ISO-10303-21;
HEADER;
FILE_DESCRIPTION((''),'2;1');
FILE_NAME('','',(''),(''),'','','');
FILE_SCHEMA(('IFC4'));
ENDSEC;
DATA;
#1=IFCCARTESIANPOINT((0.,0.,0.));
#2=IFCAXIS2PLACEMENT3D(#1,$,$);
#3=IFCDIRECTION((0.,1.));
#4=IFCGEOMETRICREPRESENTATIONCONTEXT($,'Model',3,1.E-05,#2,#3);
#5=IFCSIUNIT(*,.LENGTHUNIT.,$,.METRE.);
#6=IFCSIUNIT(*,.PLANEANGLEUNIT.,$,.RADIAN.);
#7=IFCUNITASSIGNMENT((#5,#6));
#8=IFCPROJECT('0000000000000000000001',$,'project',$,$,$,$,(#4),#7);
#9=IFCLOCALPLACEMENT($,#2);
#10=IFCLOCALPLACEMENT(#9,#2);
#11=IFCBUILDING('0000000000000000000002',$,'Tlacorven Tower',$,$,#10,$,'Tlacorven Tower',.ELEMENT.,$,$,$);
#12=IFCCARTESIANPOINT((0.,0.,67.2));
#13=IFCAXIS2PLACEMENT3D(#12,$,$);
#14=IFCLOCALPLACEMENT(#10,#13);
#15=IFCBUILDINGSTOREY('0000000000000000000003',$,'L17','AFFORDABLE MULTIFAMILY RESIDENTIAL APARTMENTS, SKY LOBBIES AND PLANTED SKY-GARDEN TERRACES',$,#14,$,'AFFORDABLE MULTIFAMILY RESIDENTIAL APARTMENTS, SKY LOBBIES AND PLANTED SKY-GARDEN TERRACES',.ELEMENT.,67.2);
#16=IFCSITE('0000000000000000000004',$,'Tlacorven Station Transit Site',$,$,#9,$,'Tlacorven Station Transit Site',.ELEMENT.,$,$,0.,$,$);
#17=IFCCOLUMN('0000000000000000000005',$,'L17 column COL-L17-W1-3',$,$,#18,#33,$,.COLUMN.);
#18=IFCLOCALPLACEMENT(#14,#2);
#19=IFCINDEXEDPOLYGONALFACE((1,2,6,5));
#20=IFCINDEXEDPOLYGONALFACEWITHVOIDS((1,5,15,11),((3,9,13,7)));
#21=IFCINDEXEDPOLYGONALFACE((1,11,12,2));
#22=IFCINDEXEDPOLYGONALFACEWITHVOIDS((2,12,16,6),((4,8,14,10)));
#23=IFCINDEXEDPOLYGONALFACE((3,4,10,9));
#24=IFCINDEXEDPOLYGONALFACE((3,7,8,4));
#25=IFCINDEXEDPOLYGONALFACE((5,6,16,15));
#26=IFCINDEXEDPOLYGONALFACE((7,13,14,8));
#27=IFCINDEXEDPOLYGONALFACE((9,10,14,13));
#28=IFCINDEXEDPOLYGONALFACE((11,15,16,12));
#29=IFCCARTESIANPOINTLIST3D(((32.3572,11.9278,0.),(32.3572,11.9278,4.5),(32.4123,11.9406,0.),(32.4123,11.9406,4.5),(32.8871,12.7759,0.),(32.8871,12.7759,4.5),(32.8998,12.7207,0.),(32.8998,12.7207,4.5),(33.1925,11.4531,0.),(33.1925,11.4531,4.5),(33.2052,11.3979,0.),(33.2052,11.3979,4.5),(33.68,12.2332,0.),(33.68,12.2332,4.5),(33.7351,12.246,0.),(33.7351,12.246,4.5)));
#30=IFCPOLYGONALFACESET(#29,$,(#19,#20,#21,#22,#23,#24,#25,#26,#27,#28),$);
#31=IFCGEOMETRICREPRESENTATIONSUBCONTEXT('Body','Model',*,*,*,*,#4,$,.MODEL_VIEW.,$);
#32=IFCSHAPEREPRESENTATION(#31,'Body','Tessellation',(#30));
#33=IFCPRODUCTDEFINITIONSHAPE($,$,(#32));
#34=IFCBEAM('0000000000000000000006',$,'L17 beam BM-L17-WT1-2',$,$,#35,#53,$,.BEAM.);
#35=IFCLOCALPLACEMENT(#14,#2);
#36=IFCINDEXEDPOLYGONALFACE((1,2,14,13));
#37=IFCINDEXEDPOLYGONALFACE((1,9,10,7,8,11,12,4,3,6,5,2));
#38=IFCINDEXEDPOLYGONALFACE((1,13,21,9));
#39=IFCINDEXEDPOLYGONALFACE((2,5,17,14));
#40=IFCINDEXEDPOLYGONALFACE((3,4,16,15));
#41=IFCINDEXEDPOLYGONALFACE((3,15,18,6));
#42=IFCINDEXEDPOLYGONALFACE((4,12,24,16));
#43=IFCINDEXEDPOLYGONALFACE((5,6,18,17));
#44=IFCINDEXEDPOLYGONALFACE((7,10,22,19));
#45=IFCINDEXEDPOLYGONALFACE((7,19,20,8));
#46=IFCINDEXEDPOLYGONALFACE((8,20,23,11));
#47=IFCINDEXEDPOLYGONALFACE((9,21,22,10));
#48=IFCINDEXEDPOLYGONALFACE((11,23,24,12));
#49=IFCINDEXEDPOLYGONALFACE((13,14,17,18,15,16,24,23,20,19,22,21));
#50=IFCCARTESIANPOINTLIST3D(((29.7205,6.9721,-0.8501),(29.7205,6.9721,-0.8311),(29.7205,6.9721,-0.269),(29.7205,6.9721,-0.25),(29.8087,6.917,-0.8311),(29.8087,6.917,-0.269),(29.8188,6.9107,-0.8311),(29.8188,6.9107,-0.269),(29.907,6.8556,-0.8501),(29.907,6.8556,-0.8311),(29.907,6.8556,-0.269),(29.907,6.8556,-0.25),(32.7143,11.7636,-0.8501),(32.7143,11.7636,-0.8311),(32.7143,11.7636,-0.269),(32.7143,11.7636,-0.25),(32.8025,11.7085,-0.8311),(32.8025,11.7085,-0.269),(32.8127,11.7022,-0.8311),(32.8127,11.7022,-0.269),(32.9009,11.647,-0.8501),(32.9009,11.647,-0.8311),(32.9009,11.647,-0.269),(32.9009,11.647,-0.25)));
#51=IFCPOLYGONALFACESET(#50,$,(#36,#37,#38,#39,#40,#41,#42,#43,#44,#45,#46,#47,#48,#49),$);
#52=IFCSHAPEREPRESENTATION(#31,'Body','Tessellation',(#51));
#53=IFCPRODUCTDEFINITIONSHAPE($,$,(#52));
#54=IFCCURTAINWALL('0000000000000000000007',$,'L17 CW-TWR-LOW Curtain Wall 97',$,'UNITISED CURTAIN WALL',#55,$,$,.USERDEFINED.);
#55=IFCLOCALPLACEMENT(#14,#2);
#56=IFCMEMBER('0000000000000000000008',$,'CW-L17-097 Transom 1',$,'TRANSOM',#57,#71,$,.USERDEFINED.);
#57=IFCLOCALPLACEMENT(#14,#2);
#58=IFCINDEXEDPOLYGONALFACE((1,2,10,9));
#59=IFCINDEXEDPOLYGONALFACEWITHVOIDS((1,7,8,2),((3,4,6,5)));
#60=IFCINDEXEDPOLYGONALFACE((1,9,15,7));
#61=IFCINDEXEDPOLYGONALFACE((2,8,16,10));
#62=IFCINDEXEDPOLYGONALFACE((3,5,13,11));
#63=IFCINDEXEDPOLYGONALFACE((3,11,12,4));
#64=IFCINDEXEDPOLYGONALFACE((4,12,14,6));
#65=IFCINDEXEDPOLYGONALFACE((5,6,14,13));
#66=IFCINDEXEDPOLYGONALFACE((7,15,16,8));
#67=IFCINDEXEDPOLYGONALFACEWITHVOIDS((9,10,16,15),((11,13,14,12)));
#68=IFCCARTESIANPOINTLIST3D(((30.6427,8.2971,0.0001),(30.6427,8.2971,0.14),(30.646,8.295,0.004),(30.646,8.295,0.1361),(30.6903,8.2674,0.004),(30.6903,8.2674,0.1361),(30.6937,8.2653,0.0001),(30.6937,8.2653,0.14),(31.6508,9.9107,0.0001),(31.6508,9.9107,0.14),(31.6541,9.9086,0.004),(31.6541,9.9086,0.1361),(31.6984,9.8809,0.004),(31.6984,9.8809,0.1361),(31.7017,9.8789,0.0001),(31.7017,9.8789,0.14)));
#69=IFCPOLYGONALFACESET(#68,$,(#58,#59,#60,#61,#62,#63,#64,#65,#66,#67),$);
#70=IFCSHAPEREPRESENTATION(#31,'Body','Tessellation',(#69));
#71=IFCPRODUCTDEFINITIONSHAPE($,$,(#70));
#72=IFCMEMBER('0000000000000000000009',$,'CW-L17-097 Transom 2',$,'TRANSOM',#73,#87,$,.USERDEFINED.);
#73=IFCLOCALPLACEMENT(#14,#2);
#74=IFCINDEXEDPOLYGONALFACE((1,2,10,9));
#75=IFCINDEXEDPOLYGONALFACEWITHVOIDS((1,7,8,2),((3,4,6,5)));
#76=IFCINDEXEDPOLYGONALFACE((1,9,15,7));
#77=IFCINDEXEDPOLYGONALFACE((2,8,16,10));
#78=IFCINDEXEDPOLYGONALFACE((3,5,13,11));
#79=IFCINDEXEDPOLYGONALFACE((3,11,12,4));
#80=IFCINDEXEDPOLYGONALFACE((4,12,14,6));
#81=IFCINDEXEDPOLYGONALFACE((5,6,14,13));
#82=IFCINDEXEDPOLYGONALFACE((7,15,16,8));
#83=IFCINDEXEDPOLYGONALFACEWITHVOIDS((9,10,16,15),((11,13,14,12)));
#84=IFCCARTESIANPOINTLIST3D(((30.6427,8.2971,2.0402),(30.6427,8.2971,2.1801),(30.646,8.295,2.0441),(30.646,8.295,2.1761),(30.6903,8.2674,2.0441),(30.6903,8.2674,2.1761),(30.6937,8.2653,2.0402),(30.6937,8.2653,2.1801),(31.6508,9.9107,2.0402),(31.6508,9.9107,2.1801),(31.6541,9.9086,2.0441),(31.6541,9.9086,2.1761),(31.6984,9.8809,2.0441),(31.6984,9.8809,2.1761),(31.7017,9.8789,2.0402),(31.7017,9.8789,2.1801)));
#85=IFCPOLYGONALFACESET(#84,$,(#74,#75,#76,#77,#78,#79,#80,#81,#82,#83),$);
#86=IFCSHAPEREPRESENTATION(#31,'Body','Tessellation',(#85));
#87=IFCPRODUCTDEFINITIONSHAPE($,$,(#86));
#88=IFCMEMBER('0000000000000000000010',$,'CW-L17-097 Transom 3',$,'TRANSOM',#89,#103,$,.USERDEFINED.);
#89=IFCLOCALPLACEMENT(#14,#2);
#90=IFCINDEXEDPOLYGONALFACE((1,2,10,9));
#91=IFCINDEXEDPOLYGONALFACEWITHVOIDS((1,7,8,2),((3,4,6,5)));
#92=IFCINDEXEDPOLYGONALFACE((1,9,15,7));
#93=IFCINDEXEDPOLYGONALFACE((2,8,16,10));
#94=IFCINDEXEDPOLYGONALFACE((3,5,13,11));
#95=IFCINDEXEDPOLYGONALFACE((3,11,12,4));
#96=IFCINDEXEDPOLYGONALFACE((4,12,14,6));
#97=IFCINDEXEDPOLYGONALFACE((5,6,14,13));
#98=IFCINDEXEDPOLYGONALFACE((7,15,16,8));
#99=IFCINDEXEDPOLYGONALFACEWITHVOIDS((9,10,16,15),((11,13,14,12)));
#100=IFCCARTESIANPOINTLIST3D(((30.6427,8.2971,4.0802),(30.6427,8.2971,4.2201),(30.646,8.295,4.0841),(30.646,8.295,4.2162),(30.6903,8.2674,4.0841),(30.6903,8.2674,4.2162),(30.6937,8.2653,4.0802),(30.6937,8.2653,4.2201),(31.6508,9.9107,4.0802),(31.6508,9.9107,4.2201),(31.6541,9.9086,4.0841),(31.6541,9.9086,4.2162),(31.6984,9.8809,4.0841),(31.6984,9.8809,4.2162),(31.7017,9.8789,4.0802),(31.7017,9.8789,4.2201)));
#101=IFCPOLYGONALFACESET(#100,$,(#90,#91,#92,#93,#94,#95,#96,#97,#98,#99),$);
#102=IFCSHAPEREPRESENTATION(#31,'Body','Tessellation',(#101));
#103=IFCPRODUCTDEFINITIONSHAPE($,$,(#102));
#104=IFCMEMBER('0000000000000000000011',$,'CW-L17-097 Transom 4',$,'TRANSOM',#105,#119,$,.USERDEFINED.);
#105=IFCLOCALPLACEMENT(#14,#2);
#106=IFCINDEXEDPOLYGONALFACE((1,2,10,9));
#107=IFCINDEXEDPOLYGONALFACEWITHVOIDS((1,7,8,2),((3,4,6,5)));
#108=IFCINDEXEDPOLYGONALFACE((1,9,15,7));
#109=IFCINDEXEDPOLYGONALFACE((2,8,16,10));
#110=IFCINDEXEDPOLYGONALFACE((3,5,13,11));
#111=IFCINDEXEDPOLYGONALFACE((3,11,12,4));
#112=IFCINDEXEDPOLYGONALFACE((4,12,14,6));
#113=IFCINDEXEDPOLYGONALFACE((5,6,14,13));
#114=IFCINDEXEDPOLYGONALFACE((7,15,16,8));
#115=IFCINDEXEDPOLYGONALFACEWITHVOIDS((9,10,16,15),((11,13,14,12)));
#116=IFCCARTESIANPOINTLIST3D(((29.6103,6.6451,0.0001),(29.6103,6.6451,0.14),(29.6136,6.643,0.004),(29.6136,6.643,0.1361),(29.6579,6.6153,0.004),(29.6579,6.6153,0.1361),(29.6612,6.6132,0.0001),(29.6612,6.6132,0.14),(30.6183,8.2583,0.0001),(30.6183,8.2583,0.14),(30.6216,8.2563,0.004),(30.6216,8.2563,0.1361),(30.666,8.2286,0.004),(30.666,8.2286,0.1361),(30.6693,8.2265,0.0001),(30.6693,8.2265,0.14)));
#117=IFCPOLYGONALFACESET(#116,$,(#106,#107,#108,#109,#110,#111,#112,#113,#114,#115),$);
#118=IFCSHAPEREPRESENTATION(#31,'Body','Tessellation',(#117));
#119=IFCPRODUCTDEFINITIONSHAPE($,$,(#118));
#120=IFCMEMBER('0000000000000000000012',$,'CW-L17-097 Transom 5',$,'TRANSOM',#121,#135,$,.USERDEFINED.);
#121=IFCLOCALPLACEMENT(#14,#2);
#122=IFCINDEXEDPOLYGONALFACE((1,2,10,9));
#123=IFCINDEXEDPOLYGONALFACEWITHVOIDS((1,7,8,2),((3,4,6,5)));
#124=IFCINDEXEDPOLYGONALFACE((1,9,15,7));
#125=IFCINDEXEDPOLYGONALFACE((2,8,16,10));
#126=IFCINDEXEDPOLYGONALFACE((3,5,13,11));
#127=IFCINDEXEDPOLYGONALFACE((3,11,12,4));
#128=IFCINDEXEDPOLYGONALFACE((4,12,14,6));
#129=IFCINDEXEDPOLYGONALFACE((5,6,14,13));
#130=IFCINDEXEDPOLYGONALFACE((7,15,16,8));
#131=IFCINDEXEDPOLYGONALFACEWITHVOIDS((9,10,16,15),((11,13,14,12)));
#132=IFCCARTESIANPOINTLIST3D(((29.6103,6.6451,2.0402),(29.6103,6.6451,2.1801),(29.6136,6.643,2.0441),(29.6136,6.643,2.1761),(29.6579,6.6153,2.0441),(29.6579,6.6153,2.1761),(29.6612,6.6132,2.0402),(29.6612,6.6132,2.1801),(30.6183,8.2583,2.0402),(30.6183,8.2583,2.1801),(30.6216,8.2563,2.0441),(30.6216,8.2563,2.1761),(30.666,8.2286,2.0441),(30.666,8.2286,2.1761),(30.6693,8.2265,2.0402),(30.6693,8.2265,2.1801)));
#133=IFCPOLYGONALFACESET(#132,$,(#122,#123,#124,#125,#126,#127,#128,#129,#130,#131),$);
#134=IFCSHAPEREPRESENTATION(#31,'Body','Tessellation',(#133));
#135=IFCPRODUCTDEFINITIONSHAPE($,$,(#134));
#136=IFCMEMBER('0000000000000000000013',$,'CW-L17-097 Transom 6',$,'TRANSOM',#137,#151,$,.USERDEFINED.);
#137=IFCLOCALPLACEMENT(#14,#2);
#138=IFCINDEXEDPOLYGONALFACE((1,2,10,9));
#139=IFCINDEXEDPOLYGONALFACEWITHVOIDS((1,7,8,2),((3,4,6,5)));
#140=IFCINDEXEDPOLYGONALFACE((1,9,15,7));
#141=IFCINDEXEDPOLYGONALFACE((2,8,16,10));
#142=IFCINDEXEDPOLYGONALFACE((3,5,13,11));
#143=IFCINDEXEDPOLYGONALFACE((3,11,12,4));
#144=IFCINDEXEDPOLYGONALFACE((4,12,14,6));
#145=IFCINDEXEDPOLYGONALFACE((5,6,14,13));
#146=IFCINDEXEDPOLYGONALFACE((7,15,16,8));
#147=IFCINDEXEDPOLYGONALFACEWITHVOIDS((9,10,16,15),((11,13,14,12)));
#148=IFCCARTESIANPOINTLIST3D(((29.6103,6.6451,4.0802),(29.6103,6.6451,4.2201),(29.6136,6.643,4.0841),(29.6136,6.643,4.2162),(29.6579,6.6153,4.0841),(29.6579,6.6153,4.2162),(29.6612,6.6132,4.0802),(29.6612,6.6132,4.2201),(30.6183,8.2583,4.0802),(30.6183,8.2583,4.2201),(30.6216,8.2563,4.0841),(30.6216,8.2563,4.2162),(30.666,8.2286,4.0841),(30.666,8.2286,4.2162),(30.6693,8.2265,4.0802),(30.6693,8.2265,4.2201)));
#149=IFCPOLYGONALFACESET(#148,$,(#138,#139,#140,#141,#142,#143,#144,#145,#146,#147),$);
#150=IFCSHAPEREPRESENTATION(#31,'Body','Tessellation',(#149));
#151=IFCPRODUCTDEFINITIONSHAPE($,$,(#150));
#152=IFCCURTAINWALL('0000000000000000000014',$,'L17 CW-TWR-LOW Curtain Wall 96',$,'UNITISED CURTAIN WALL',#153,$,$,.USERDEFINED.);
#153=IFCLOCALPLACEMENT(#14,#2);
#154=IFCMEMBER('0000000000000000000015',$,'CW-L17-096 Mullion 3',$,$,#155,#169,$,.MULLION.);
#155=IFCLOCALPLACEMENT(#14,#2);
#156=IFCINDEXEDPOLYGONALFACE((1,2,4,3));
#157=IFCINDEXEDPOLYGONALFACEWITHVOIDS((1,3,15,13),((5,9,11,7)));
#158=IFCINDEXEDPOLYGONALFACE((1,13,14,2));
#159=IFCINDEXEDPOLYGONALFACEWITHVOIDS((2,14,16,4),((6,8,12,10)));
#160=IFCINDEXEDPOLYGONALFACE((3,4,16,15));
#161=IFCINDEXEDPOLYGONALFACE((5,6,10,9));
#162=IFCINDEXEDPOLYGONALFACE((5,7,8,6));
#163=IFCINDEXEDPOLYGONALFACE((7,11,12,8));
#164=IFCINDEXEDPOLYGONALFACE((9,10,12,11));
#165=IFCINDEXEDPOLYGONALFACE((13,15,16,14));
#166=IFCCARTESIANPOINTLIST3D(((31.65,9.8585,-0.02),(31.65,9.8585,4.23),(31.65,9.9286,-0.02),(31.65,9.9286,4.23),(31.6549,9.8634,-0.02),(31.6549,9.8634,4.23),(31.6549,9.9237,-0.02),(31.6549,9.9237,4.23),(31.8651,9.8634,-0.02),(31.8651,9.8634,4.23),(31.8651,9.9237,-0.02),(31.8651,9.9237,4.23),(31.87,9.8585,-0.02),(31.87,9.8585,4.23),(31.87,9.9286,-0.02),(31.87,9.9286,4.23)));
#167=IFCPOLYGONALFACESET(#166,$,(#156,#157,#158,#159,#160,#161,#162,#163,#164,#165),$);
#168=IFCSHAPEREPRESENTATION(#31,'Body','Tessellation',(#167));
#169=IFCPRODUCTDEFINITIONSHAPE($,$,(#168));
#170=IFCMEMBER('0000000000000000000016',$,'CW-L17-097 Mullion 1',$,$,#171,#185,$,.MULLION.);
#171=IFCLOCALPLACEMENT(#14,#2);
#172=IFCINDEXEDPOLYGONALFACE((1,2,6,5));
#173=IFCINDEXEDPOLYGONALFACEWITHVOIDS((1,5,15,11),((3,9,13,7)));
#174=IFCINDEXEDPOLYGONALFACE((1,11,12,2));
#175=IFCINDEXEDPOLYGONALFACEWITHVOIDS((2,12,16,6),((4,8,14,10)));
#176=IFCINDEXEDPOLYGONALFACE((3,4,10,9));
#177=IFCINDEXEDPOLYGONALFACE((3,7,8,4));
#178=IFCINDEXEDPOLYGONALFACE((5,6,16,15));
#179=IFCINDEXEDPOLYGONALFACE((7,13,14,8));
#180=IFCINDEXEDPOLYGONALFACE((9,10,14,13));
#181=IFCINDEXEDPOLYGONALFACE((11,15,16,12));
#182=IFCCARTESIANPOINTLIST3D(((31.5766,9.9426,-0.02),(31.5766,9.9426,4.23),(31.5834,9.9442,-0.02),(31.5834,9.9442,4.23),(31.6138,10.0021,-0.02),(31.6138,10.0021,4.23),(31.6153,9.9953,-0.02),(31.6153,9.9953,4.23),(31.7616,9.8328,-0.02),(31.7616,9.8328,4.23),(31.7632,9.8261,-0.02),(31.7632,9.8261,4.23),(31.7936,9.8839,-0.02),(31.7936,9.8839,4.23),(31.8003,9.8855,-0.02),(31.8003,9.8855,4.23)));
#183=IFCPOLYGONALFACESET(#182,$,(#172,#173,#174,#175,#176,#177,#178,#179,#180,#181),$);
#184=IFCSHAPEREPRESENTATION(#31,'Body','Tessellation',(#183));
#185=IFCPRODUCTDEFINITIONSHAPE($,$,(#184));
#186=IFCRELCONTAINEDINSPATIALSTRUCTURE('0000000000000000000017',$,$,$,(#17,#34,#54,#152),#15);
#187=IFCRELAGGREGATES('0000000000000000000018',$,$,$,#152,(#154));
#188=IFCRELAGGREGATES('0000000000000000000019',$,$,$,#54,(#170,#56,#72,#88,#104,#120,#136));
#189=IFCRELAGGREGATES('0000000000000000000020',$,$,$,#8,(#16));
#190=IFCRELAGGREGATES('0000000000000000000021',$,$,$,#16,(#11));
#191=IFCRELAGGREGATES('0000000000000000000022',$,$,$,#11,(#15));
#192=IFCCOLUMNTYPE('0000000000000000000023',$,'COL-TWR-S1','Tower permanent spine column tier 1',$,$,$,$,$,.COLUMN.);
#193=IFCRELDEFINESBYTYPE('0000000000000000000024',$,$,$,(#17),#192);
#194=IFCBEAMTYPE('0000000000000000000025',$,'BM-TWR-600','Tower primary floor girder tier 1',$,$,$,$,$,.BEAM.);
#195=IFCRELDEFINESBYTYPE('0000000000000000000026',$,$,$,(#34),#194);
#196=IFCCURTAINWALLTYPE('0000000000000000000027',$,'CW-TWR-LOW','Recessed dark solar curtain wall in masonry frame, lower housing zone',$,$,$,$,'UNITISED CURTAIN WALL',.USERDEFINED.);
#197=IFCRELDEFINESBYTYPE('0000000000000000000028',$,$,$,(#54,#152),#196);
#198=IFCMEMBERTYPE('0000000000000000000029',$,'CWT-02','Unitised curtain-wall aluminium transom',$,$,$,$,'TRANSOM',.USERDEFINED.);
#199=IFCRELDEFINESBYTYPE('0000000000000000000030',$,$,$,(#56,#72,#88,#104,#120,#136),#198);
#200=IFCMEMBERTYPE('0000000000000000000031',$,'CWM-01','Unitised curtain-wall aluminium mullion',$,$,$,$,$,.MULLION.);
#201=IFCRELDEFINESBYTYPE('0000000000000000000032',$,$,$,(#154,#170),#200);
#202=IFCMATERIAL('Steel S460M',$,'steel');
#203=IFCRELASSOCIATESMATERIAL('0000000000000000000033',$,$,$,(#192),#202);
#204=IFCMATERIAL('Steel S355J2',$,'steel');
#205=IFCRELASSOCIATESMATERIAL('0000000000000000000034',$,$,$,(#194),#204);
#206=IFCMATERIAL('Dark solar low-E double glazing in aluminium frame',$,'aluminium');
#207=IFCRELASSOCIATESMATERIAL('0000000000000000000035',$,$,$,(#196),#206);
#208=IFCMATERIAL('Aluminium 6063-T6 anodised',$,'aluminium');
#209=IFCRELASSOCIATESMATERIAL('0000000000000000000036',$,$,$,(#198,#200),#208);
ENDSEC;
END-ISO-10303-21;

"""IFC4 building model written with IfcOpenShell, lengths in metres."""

from ifc_helpers import new_model, si_unit, direction, frame, origin, origin_2d, place, context, subcontext, project, spatial, hollow_rectangle, i_section, extrude, source, transform, mapped, material, material_profile, profile_set, type_object, element, aggregate, save


model = new_model("IFC4")

# Units and contexts
model_context = context("Model", 3, precision=1e-05, world=origin(), true_north=direction((0.0, 1.0)))
body_context = subcontext(model_context, "Body", "Model", "MODEL_VIEW")
ifc_project = project(units=[si_unit("LENGTHUNIT", "METRE"), si_unit("PLANEANGLEUNIT", "RADIAN")], contexts=[model_context])

# Site, building, storey
site_placement = place(None, origin())
site = spatial("IfcSite", under=ifc_project, at=site_placement, Name="Tlacorven Station Transit Site", LongName="Tlacorven Station Transit Site", CompositionType="ELEMENT", RefElevation=0.0)
building_placement = place(site_placement, origin())
building = spatial("IfcBuilding", under=site, at=building_placement, Name="Tlacorven Tower", LongName="Tlacorven Tower", CompositionType="ELEMENT")
storey_placement = place(building_placement, frame((0.0, 0.0, 67.2)))
storey = spatial("IfcBuildingStorey", under=building, at=storey_placement, Name="L17", Description="AFFORDABLE MULTIFAMILY RESIDENTIAL APARTMENTS, SKY LOBBIES AND PLANTED SKY-GARDEN TERRACES", LongName="AFFORDABLE MULTIFAMILY RESIDENTIAL APARTMENTS, SKY LOBBIES AND PLANTED SKY-GARDEN TERRACES", CompositionType="ELEMENT", Elevation=67.2)

# Column
ifc_material_1 = material(Name="Steel S460M", Category="steel")
ifc_material_profile_1 = material_profile(ifc_material_1, hollow_rectangle(XDim=1.0, YDim=1.0, WallThickness=0.04, at=origin_2d()), Name="BOX 1000X1000X40")
ifc_profile_set_1 = profile_set([ifc_material_profile_1], Name="Steel S460M")
column_type = type_object("IfcColumnType", Name="COL-TWR-S1", Description="Tower permanent spine column tier 1", PredefinedType="COLUMN", material=ifc_profile_set_1)
shared_shape_1 = source(origin(), body_context, "Body", "SweptSolid", [
    extrude(hollow_rectangle(XDim=1.0, YDim=1.0, WallThickness=0.04, at=origin_2d()), origin(), (0.0, 0.0, 1.0), 4.5),
])
column_placement = place(storey_placement, frame((33.0461, 12.0869, 0.0), z_axis=(0.0, 0.0, 1.0), x_axis=(-0.848048, 0.529919, 0.0)))
element("IfcColumn", 1, at=column_placement, inside=storey, type_object=column_type, Name="L17 column COL-L17-W1-3", PredefinedType="COLUMN", context=body_context, shape_type="MappedRepresentation", body=[
    mapped(shared_shape_1, transform((0.0, 0.0, 0.0), scale=1.0)),
])

# Beam
ifc_material_2 = material(Name="Steel S355J2", Category="steel")
ifc_material_profile_2 = material_profile(ifc_material_2, i_section(OverallWidth=0.22, OverallDepth=0.6001, WebThickness=0.012, FlangeThickness=0.019, at=origin_2d()), Name="IPE 600")
ifc_profile_set_2 = profile_set([ifc_material_profile_2], Name="Steel S355J2")
beam_type = type_object("IfcBeamType", Name="BM-TWR-600", Description="Tower primary floor girder tier 1", PredefinedType="BEAM", material=ifc_profile_set_2)
shared_shape_2 = source(origin(), body_context, "Body", "SweptSolid", [
    extrude(i_section(OverallWidth=0.22, OverallDepth=0.6001, WebThickness=0.012, FlangeThickness=0.019, at=origin_2d()), origin(), (0.0, 0.0, 1.0), 5.6499),
])
beam_placement = place(storey_placement, frame((32.8076, 11.7053, -0.55), z_axis=(-0.529898, -0.848061, 0.0), x_axis=(0.848061, -0.529898, 0.0)))
element("IfcBeam", 2, at=beam_placement, inside=storey, type_object=beam_type, Name="L17 beam BM-L17-WT1-2", PredefinedType="BEAM", context=body_context, shape_type="MappedRepresentation", body=[
    mapped(shared_shape_2, transform((0.0, 0.0, 0.0), scale=1.0)),
])

# Curtain wall, members
ifc_material_3 = material(Name="Dark solar low-E double glazing in aluminium frame", Category="aluminium")
curtain_wall_type = type_object("IfcCurtainWallType", Name="CW-TWR-LOW", Description="Recessed dark solar curtain wall in masonry frame, lower housing zone", ElementType="UNITISED CURTAIN WALL", PredefinedType="USERDEFINED", material=ifc_material_3)
curtain_wall_1_placement = place(storey_placement, origin())
curtain_wall_1 = element("IfcCurtainWall", 3, at=curtain_wall_1_placement, inside=storey, type_object=curtain_wall_type, Name="L17 CW-TWR-LOW Curtain Wall 97", ObjectType="UNITISED CURTAIN WALL", PredefinedType="USERDEFINED")
ifc_material_4 = material(Name="Aluminium 6063-T6 anodised", Category="aluminium")
ifc_material_profile_3 = material_profile(ifc_material_4, hollow_rectangle(XDim=0.0601, YDim=0.1399, WallThickness=0.0039, at=origin_2d()), Name="ALU TRANSOM 60X140")
ifc_profile_set_3 = profile_set([ifc_material_profile_3], Name="Aluminium 6063-T6 anodised")
member_type_1 = type_object("IfcMemberType", Name="CWT-02", Description="Unitised curtain-wall aluminium transom", ElementType="TRANSOM", PredefinedType="USERDEFINED", material=ifc_profile_set_3)
shared_shape_3 = source(origin(), body_context, "Body", "SweptSolid", [
    extrude(hollow_rectangle(XDim=0.0601, YDim=0.1399, WallThickness=0.0039, at=origin_2d()), origin(), (0.0, 0.0, 1.0), 1.9026),
])
member_1_placement = place(storey_placement, frame((31.6763, 9.8948, 0.0701), z_axis=(-0.529849, -0.848092, 0.0), x_axis=(0.848092, -0.529849, 0.0)))
member_1 = element("IfcMember", 4, at=member_1_placement, type_object=member_type_1, Name="CW-L17-097 Transom 1", ObjectType="TRANSOM", PredefinedType="USERDEFINED", context=body_context, shape_type="MappedRepresentation", body=[
    mapped(shared_shape_3, transform((0.0, 0.0, 0.0), scale=1.0)),
])
member_2_placement = place(storey_placement, frame((31.6763, 9.8948, 2.1101), z_axis=(-0.529849, -0.848092, 0.0), x_axis=(0.848092, -0.529849, 0.0)))
member_2 = element("IfcMember", 5, at=member_2_placement, type_object=member_type_1, Name="CW-L17-097 Transom 2", ObjectType="TRANSOM", PredefinedType="USERDEFINED", context=body_context, shape_type="MappedRepresentation", body=[
    mapped(shared_shape_3, transform((0.0, 0.0, 0.0), scale=1.0)),
])
member_3_placement = place(storey_placement, frame((31.6763, 9.8948, 4.1501), z_axis=(-0.529849, -0.848092, 0.0), x_axis=(0.848092, -0.529849, 0.0)))
member_3 = element("IfcMember", 6, at=member_3_placement, type_object=member_type_1, Name="CW-L17-097 Transom 3", ObjectType="TRANSOM", PredefinedType="USERDEFINED", context=body_context, shape_type="MappedRepresentation", body=[
    mapped(shared_shape_3, transform((0.0, 0.0, 0.0), scale=1.0)),
])
shared_shape_4 = source(origin(), body_context, "Body", "SweptSolid", [
    extrude(hollow_rectangle(XDim=0.0601, YDim=0.1399, WallThickness=0.0039, at=origin_2d()), origin(), (0.0, 0.0, 1.0), 1.9023),
])
member_4_placement = place(storey_placement, frame((30.6438, 8.2424, 0.0701), z_axis=(-0.529907, -0.848056, 0.0), x_axis=(0.848056, -0.529907, 0.0)))
member_4 = element("IfcMember", 7, at=member_4_placement, type_object=member_type_1, Name="CW-L17-097 Transom 4", ObjectType="TRANSOM", PredefinedType="USERDEFINED", context=body_context, shape_type="MappedRepresentation", body=[
    mapped(shared_shape_4, transform((0.0, 0.0, 0.0), scale=1.0)),
])
member_5_placement = place(storey_placement, frame((30.6438, 8.2424, 2.1101), z_axis=(-0.529907, -0.848056, 0.0), x_axis=(0.848056, -0.529907, 0.0)))
member_5 = element("IfcMember", 8, at=member_5_placement, type_object=member_type_1, Name="CW-L17-097 Transom 5", ObjectType="TRANSOM", PredefinedType="USERDEFINED", context=body_context, shape_type="MappedRepresentation", body=[
    mapped(shared_shape_4, transform((0.0, 0.0, 0.0), scale=1.0)),
])
member_6_placement = place(storey_placement, frame((30.6438, 8.2424, 4.1501), z_axis=(-0.529907, -0.848056, 0.0), x_axis=(0.848056, -0.529907, 0.0)))
member_6 = element("IfcMember", 9, at=member_6_placement, type_object=member_type_1, Name="CW-L17-097 Transom 6", ObjectType="TRANSOM", PredefinedType="USERDEFINED", context=body_context, shape_type="MappedRepresentation", body=[
    mapped(shared_shape_4, transform((0.0, 0.0, 0.0), scale=1.0)),
])

# Curtain wall, member
curtain_wall_2_placement = place(storey_placement, origin())
curtain_wall_2 = element("IfcCurtainWall", 10, at=curtain_wall_2_placement, inside=storey, type_object=curtain_wall_type, Name="L17 CW-TWR-LOW Curtain Wall 96", ObjectType="UNITISED CURTAIN WALL", PredefinedType="USERDEFINED")
ifc_material_profile_4 = material_profile(ifc_material_4, hollow_rectangle(XDim=0.0701, YDim=0.22, WallThickness=0.0049, at=origin_2d()), Name="ALU MULLION 70X220")
ifc_profile_set_4 = profile_set([ifc_material_profile_4], Name="Aluminium 6063-T6 anodised")
member_type_2 = type_object("IfcMemberType", Name="CWM-01", Description="Unitised curtain-wall aluminium mullion", PredefinedType="MULLION", material=ifc_profile_set_4)
shared_shape_5 = source(origin(), body_context, "Body", "SweptSolid", [
    extrude(hollow_rectangle(XDim=0.0701, YDim=0.22, WallThickness=0.0049, at=origin_2d()), origin(), (0.0, 0.0, 1.0), 4.25),
])
member_7_placement = place(storey_placement, frame((31.76, 9.8936, -0.02), z_axis=(0.0, 0.0, 1.0), x_axis=(0.0, 1.0, 0.0)))
member_7 = element("IfcMember", 11, at=member_7_placement, type_object=member_type_2, Name="CW-L17-096 Mullion 3", PredefinedType="MULLION", context=body_context, shape_type="MappedRepresentation", body=[
    mapped(shared_shape_5, transform((0.0, 0.0, 0.0), scale=1.0)),
])

# Member
member_8_placement = place(storey_placement, frame((31.6885, 9.9141, -0.02), z_axis=(0.0, 0.0, 1.0), x_axis=(-0.529919, -0.848048, 0.0)))
member_8 = element("IfcMember", 12, at=member_8_placement, type_object=member_type_2, Name="CW-L17-097 Mullion 1", PredefinedType="MULLION", context=body_context, shape_type="MappedRepresentation", body=[
    mapped(shared_shape_5, transform((0.0, 0.0, 0.0), scale=1.0)),
])

aggregate(curtain_wall_2, [member_7])
aggregate(curtain_wall_1, [member_8, member_1, member_2, member_3, member_4, member_5, member_6])

save(model, "model.ifc")
